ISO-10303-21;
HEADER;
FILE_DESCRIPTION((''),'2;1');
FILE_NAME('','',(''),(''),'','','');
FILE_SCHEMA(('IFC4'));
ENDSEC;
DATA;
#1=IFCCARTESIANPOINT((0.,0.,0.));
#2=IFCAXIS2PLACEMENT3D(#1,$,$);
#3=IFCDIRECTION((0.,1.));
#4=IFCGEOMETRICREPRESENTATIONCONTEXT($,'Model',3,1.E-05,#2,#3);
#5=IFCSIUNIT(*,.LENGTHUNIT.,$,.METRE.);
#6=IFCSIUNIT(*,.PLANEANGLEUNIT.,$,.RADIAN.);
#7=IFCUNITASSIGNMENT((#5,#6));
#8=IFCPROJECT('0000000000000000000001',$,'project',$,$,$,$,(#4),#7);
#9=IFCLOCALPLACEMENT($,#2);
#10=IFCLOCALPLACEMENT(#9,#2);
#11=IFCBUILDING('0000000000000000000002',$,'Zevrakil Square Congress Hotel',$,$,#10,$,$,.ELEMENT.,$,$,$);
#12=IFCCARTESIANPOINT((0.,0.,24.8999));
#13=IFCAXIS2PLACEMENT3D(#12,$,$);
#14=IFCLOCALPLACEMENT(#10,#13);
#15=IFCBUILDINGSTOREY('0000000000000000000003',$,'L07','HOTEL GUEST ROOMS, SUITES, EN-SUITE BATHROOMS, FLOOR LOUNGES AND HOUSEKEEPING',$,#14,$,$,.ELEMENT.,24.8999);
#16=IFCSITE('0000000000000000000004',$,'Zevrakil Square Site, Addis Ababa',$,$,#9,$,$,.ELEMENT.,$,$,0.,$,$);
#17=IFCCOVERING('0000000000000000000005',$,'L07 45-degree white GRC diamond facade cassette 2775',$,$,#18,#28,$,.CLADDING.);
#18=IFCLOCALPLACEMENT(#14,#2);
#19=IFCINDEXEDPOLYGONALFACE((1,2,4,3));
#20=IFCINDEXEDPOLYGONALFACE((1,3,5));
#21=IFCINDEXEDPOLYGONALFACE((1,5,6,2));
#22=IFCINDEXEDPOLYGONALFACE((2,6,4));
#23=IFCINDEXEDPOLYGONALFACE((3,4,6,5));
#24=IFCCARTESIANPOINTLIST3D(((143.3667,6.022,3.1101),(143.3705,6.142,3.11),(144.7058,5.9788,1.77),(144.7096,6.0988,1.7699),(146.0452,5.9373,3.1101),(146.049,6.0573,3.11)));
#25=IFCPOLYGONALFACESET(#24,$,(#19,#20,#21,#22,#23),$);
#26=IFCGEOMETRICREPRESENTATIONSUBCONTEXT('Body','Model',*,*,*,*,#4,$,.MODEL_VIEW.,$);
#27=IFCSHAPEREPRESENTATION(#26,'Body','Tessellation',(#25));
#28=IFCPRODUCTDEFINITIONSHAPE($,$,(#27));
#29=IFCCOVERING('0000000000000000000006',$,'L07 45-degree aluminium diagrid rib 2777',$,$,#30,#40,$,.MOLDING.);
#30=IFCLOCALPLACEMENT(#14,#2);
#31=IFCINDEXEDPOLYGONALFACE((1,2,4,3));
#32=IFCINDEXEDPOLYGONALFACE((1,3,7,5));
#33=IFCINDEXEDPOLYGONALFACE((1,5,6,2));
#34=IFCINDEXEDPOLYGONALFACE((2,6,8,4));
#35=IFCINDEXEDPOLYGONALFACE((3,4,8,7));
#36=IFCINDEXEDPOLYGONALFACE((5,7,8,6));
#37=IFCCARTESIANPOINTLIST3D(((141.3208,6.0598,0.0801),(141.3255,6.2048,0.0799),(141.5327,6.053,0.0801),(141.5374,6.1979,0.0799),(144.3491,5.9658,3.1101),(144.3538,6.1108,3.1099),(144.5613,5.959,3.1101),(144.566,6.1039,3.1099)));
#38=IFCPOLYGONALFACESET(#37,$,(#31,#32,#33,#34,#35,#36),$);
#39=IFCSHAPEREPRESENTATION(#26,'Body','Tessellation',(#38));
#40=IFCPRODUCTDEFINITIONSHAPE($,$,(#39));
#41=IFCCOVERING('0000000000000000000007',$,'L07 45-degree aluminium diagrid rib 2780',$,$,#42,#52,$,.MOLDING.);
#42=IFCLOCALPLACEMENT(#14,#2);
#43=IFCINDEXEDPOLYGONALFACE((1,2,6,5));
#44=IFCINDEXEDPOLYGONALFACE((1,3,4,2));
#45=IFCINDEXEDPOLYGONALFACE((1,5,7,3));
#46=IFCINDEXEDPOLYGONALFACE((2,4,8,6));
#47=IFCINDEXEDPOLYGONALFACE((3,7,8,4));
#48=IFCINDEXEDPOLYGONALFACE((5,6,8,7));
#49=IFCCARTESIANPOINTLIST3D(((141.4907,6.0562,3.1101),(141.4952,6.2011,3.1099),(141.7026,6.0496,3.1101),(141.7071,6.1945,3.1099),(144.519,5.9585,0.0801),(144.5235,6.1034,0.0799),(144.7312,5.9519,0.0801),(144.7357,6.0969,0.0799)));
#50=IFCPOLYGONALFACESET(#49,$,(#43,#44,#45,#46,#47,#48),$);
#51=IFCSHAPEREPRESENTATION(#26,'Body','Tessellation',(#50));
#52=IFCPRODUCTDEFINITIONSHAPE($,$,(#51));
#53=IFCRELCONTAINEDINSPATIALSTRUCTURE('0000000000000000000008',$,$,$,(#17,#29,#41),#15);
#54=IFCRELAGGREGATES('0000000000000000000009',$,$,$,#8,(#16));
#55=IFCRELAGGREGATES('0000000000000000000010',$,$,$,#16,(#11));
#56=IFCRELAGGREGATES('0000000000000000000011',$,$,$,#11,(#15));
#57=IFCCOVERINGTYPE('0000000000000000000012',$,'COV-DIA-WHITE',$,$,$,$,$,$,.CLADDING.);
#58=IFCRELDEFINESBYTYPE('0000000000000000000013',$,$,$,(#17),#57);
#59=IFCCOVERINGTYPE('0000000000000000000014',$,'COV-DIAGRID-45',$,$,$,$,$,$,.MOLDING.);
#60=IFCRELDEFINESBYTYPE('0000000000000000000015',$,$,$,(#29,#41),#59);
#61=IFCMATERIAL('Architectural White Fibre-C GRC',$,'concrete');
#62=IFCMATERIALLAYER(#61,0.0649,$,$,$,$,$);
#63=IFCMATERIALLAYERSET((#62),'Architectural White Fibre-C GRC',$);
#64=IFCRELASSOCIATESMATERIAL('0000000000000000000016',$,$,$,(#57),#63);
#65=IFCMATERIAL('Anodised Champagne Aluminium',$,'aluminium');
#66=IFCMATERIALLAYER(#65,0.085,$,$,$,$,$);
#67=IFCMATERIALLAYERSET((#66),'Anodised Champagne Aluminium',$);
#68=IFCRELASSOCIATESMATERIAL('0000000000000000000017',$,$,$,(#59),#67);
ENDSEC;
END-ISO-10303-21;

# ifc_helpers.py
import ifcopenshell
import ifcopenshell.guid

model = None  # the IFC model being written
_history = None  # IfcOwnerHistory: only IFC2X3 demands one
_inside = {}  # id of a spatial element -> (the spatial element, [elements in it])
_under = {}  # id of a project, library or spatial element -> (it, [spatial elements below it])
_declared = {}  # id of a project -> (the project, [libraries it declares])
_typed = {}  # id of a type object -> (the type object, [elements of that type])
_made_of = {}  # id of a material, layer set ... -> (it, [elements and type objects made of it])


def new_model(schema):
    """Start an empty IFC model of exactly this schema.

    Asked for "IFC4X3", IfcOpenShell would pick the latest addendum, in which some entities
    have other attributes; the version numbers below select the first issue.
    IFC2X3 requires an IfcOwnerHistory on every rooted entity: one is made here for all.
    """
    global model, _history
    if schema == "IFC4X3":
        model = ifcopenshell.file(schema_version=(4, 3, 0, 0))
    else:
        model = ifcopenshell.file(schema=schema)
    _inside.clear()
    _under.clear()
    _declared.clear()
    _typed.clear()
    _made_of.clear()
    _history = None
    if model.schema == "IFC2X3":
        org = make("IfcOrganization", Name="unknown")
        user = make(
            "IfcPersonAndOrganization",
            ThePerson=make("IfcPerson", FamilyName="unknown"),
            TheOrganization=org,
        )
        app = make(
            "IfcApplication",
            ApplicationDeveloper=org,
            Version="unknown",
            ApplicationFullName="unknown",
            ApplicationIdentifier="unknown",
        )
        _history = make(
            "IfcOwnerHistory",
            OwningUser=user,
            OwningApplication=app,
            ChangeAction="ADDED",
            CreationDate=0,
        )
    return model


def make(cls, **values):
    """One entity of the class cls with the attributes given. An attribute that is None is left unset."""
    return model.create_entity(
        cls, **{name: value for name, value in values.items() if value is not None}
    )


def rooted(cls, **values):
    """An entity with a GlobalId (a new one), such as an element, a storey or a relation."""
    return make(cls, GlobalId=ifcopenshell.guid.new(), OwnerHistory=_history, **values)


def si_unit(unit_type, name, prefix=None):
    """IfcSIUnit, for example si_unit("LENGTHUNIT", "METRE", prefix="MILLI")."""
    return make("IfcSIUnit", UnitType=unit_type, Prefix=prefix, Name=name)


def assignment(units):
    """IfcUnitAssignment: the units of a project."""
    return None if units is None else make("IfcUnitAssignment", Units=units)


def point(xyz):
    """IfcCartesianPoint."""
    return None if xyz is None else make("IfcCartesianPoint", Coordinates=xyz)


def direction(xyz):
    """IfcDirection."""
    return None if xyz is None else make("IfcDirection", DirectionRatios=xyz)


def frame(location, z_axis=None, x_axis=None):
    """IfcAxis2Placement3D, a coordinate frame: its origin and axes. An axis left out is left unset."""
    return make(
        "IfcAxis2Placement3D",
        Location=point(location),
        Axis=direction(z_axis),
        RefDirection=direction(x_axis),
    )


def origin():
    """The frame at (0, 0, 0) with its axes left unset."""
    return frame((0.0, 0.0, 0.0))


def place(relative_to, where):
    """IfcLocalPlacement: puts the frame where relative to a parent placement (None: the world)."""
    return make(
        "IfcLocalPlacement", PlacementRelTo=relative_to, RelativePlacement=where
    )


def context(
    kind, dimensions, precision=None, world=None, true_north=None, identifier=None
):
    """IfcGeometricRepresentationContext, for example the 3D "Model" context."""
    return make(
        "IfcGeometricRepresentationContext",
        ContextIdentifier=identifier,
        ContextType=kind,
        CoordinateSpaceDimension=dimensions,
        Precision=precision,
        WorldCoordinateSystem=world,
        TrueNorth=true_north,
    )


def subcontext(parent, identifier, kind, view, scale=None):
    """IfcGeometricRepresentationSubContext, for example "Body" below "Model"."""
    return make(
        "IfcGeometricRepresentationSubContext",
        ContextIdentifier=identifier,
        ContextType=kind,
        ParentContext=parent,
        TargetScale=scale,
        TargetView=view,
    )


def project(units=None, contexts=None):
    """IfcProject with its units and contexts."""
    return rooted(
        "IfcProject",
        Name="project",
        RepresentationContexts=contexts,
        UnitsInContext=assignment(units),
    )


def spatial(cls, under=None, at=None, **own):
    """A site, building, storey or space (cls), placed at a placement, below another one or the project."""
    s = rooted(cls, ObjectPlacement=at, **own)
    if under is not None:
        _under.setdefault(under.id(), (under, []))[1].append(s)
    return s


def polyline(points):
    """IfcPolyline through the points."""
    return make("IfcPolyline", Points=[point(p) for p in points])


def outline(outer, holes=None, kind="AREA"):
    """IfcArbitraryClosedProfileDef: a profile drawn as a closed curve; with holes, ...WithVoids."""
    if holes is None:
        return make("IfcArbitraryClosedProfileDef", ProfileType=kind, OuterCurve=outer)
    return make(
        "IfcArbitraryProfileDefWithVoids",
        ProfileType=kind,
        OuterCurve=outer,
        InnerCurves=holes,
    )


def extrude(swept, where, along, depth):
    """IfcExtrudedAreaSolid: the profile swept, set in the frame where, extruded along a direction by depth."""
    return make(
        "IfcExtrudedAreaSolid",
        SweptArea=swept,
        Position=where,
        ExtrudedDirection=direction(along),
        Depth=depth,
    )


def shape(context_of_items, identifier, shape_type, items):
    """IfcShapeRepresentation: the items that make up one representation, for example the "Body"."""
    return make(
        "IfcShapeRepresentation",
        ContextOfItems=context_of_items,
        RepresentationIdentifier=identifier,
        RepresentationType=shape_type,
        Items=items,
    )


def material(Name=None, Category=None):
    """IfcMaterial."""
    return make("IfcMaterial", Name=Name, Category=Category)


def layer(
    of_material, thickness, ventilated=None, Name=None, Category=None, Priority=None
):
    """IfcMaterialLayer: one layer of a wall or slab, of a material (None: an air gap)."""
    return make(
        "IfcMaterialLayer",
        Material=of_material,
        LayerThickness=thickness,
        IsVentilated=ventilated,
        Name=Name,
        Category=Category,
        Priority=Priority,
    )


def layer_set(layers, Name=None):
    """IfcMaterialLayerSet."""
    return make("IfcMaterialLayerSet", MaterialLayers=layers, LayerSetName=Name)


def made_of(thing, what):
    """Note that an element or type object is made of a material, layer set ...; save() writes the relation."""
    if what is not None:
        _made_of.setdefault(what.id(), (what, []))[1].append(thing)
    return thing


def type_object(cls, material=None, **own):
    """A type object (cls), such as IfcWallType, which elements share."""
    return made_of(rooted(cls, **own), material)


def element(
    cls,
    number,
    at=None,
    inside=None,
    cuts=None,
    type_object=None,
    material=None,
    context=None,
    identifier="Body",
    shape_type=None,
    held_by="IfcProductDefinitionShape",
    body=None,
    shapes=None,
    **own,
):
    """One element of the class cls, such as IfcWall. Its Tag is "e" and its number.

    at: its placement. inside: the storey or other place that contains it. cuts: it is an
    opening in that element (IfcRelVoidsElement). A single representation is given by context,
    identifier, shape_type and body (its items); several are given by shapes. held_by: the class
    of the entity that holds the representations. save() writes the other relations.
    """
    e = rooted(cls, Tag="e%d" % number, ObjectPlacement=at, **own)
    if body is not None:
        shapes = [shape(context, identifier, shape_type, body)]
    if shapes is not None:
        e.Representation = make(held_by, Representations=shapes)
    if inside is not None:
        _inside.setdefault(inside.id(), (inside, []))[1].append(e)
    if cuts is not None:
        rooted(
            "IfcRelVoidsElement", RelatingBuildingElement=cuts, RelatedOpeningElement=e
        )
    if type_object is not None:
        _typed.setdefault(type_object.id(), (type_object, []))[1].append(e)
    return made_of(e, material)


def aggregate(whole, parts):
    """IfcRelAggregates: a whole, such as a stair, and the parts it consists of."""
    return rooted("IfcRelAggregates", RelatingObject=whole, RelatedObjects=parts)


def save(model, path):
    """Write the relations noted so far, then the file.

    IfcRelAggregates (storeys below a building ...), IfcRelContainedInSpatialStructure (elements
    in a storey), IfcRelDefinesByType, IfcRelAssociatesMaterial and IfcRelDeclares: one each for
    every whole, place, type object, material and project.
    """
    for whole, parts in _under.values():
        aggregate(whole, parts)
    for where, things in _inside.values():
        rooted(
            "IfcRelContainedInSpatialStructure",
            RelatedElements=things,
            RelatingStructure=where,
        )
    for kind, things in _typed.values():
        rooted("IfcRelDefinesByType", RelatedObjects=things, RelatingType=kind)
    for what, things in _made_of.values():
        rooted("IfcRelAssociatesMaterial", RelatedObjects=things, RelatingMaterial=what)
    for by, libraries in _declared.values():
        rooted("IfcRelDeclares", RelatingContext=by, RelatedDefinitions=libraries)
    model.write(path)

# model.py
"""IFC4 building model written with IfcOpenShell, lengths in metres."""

from ifc_helpers import new_model, si_unit, direction, frame, origin, place, context, subcontext, project, spatial, polyline, outline, extrude, material, layer, layer_set, type_object, element, save


model = new_model("IFC4")

# Units and contexts
model_context = context("Model", 3, precision=1e-05, world=origin(), true_north=direction((0.0, 1.0)))
body_context = subcontext(model_context, "Body", "Model", "MODEL_VIEW")
ifc_project = project(units=[si_unit("LENGTHUNIT", "METRE"), si_unit("PLANEANGLEUNIT", "RADIAN")], contexts=[model_context])

# Site, building, storey
site_placement = place(None, origin())
site = spatial("IfcSite", under=ifc_project, at=site_placement, Name="Zevrakil Square Site, Addis Ababa", CompositionType="ELEMENT", RefElevation=0.0)
building_placement = place(site_placement, origin())
building = spatial("IfcBuilding", under=site, at=building_placement, Name="Zevrakil Square Congress Hotel", CompositionType="ELEMENT")
storey_placement = place(building_placement, frame((0.0, 0.0, 24.8999)))
storey = spatial("IfcBuildingStorey", under=building, at=storey_placement, Name="L07", Description="HOTEL GUEST ROOMS, SUITES, EN-SUITE BATHROOMS, FLOOR LOUNGES AND HOUSEKEEPING", CompositionType="ELEMENT", Elevation=24.8999)

# Coverings
ifc_material_1 = material(Name="Architectural White Fibre-C GRC", Category="concrete")
ifc_layer_1 = layer(ifc_material_1, 0.0649)
ifc_layer_set_1 = layer_set([ifc_layer_1], Name="Architectural White Fibre-C GRC")
covering_type_1 = type_object("IfcCoveringType", Name="COV-DIA-WHITE", PredefinedType="CLADDING", material=ifc_layer_set_1)
covering_1_placement = place(storey_placement, frame((144.7058, 5.9788, 1.77), z_axis=(-0.031613, -0.9995, 0.00064), x_axis=(-0.706665, 0.022804, 0.707181)))
element("IfcCovering", 1, at=covering_1_placement, inside=storey, type_object=covering_type_1, Name="L07 45-degree white GRC diamond facade cassette 2775", PredefinedType="CLADDING", context=body_context, shape_type="SweptSolid", body=[
    extrude(outline(polyline([(0.0, 0.0), (1.895, 0.0), (0.0003, -1.8951), (0.0, 0.0)])), origin(), (0.0, 0.0, -1.0), 0.1201),
])
ifc_material_2 = material(Name="Anodised Champagne Aluminium", Category="aluminium")
ifc_layer_2 = layer(ifc_material_2, 0.085)
ifc_layer_set_2 = layer_set([ifc_layer_2], Name="Anodised Champagne Aluminium")
covering_type_2 = type_object("IfcCoveringType", Name="COV-DIAGRID-45", PredefinedType="MOLDING", material=ifc_layer_set_2)
covering_2_placement = place(storey_placement, frame((141.5327, 6.053, 0.0801), z_axis=(-0.032223, -0.99948, 0.001201), x_axis=(-0.999481, 0.032223, 0.0)))
element("IfcCovering", 2, at=covering_2_placement, inside=storey, type_object=covering_type_2, Name="L07 45-degree aluminium diagrid rib 2777", PredefinedType="MOLDING", context=body_context, shape_type="SweptSolid", body=[
    extrude(outline(polyline([(0.0, 0.0), (0.212, 0.0), (-2.8178, -3.03), (-3.03, -3.03), (0.0, 0.0)])), origin(), (0.0, 0.0, -1.0), 0.145),
])
covering_3_placement = place(storey_placement, frame((141.4907, 6.0562, 3.1101), z_axis=(-0.031073, -0.999516, 0.001157), x_axis=(0.999517, -0.031073, 0.0)))
element("IfcCovering", 3, at=covering_3_placement, inside=storey, type_object=covering_type_2, Name="L07 45-degree aluminium diagrid rib 2780", PredefinedType="MOLDING", context=body_context, shape_type="SweptSolid", body=[
    extrude(outline(polyline([(0.0, 0.0), (0.212, 0.0), (3.2422, -3.03), (3.0299, -3.03), (0.0, 0.0)])), origin(), (0.0, 0.0, -1.0), 0.145),
])

save(model, "model.ifc")
